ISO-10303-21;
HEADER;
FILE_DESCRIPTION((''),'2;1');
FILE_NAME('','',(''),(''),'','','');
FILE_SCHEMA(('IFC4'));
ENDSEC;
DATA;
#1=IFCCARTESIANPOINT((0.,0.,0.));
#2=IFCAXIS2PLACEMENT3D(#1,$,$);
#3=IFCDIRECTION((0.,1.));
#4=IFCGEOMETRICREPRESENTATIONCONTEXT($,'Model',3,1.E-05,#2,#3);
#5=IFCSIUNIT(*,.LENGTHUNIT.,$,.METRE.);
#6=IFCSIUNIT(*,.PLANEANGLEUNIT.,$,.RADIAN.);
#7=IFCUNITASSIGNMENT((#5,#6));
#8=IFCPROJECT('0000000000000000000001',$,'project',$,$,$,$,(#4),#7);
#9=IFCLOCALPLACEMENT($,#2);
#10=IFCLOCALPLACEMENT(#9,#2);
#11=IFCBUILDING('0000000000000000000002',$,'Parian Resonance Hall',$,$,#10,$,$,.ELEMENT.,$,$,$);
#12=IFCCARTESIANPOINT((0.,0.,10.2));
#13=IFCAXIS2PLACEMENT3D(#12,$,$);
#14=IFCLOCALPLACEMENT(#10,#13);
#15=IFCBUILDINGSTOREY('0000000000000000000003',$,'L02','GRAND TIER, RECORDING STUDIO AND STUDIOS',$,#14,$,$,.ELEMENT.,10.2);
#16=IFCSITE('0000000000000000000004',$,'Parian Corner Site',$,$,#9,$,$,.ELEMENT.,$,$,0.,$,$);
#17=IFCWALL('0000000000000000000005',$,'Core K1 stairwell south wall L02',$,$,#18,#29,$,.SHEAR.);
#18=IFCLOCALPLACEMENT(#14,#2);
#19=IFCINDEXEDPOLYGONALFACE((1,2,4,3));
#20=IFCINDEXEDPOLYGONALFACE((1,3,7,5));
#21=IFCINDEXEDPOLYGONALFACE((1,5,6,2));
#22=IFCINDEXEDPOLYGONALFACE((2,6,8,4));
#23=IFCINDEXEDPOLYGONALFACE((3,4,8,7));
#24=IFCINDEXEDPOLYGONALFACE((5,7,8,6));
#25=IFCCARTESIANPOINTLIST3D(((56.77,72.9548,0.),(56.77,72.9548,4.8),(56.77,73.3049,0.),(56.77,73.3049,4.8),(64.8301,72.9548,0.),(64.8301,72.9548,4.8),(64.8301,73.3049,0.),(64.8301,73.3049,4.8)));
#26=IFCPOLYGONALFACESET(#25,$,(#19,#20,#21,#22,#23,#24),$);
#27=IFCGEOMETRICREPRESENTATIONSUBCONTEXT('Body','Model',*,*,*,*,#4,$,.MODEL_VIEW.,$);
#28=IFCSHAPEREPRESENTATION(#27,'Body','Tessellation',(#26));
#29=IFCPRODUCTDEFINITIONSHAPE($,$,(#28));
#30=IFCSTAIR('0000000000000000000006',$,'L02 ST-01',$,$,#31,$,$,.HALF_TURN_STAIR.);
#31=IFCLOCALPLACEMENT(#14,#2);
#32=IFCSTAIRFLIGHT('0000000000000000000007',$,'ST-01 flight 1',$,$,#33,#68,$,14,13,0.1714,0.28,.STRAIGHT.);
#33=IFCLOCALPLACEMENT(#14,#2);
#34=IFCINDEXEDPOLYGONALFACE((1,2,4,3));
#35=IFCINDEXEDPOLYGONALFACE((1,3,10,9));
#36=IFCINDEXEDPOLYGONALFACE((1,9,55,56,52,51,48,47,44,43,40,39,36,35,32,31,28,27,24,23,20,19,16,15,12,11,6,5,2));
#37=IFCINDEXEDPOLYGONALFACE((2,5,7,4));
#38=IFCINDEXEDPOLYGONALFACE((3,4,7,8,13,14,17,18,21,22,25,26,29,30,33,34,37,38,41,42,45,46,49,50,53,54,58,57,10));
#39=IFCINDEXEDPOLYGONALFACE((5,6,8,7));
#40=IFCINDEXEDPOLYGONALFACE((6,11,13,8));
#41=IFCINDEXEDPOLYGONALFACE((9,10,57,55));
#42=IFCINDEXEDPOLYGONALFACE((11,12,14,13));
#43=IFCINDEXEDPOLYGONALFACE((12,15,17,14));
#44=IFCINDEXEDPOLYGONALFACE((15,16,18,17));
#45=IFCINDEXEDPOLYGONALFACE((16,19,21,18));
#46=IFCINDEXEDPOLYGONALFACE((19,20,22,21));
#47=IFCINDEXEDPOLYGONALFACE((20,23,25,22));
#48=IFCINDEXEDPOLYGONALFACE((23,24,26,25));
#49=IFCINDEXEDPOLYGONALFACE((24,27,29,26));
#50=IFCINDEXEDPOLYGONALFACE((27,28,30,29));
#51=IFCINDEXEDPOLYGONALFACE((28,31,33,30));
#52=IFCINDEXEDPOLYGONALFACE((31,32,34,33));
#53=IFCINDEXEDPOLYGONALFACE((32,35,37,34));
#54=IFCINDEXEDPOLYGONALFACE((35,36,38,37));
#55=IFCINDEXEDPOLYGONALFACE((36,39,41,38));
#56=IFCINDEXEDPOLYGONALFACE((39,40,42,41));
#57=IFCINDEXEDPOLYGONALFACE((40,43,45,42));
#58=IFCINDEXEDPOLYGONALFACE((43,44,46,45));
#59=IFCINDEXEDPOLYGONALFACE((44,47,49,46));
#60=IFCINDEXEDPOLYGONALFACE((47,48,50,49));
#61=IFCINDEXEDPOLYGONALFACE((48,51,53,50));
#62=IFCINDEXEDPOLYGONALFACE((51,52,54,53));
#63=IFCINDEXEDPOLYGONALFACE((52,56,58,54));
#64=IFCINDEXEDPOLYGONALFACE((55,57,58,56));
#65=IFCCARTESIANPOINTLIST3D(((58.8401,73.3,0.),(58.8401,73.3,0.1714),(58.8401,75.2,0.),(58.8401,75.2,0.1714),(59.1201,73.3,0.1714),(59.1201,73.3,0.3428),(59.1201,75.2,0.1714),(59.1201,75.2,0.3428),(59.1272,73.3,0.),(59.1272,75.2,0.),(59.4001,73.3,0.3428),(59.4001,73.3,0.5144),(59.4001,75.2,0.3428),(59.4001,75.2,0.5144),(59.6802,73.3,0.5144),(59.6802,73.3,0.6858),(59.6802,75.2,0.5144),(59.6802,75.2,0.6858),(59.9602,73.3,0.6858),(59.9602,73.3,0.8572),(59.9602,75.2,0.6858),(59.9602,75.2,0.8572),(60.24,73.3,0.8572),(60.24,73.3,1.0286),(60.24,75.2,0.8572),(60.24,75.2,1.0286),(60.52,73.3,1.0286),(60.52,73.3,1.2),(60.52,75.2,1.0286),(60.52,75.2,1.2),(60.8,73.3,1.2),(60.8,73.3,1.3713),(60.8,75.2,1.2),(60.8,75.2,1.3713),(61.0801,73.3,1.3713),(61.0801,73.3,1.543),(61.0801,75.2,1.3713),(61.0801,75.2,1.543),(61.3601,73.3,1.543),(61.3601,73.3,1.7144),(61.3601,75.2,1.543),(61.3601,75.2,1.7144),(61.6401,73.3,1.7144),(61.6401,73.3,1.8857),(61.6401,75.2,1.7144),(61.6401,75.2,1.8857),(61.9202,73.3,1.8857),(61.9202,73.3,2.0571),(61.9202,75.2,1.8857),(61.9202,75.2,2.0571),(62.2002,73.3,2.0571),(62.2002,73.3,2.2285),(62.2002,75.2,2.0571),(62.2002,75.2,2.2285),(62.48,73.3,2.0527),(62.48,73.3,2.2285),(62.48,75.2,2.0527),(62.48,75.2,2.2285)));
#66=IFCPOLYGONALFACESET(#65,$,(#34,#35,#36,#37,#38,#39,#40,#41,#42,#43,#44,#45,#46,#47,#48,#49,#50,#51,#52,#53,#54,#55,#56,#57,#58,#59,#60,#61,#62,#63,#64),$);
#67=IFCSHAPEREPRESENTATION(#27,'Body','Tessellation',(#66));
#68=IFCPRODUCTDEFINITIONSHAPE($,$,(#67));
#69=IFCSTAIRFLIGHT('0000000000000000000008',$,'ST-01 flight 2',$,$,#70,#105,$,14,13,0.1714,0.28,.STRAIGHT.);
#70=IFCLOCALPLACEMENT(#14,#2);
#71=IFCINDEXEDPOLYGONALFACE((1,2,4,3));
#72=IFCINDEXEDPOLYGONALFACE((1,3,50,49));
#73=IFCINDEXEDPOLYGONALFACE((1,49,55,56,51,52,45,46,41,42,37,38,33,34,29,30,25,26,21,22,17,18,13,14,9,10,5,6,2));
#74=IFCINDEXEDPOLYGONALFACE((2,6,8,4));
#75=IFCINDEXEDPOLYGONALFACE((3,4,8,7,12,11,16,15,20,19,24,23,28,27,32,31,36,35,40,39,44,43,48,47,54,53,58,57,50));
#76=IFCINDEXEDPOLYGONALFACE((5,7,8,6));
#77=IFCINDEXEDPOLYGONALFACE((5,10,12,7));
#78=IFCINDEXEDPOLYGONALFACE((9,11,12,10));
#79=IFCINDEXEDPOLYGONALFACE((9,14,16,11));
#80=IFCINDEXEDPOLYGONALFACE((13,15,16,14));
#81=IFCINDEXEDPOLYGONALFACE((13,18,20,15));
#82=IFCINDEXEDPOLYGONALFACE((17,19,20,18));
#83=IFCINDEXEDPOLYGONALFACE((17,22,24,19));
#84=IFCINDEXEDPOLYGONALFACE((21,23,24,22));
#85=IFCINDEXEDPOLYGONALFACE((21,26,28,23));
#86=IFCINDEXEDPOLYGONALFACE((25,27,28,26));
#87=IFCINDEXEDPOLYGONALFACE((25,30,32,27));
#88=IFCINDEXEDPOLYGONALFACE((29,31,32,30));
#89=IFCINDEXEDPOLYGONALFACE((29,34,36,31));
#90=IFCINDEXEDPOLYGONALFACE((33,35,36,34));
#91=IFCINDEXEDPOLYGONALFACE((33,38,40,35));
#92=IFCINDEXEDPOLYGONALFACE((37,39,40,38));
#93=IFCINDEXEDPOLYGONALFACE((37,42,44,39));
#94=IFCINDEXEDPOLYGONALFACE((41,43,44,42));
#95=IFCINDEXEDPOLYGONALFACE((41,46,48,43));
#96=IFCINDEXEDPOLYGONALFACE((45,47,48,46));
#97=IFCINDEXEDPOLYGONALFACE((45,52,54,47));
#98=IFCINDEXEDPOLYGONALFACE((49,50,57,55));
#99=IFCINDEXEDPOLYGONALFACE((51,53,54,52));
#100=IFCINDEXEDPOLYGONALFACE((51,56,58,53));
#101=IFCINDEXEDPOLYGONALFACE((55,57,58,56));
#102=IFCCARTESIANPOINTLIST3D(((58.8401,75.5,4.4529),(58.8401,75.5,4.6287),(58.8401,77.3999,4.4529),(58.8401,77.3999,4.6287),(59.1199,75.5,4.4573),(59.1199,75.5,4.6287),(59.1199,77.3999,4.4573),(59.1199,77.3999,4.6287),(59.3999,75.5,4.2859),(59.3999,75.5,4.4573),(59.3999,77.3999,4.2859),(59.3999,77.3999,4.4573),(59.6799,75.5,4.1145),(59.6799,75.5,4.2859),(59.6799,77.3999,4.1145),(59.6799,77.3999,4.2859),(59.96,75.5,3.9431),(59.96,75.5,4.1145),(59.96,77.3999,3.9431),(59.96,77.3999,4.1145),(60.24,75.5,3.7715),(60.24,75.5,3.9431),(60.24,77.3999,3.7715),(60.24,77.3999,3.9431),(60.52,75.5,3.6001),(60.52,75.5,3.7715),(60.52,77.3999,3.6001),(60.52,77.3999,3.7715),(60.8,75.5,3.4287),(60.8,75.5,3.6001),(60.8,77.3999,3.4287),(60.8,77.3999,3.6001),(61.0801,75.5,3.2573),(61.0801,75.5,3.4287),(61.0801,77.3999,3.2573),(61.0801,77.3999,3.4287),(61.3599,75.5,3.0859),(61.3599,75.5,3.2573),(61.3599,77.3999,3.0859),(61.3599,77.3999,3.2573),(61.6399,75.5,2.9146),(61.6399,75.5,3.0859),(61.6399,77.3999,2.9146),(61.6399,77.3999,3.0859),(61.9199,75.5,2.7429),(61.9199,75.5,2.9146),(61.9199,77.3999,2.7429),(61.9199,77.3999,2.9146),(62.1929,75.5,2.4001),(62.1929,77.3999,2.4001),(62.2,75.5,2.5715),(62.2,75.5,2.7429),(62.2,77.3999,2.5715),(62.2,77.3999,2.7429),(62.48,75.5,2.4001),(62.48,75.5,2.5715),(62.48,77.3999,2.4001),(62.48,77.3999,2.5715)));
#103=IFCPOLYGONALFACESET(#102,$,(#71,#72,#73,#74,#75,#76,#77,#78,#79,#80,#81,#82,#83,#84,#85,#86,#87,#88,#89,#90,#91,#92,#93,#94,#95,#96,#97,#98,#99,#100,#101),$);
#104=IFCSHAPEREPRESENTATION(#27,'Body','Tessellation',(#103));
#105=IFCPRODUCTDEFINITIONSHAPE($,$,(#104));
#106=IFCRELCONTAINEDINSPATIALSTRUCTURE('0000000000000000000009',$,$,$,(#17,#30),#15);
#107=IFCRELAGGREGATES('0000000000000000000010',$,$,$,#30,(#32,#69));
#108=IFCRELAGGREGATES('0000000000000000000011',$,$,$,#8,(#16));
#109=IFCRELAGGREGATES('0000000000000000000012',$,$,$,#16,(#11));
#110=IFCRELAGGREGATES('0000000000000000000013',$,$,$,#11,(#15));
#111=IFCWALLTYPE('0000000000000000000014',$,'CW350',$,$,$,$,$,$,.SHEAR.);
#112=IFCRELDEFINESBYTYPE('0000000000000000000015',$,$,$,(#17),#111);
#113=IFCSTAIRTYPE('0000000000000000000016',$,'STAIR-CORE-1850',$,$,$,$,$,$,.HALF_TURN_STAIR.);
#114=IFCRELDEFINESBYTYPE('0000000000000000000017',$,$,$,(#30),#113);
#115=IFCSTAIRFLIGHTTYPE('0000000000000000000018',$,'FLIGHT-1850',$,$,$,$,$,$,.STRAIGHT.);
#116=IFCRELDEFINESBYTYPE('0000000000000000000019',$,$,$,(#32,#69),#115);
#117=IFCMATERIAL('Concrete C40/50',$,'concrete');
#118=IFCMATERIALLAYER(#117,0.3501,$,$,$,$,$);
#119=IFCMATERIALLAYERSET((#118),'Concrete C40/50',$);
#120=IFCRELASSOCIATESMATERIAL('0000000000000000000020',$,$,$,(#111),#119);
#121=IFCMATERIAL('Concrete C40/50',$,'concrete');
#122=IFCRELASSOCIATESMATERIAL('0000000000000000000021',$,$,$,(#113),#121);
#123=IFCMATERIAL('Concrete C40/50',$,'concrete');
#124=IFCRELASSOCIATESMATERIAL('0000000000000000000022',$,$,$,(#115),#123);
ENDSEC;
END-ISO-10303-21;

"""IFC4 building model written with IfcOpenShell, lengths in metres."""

from ifc_helpers import new_model, si_unit, direction, frame, frame_2d, origin, place, context, subcontext, project, spatial, polyline, rectangle, outline, extrude, material, layer, layer_set, type_object, element, aggregate, save


model = new_model("IFC4")

# Units and contexts
model_context = context("Model", 3, precision=1e-05, world=origin(), true_north=direction((0.0, 1.0)))
body_context = subcontext(model_context, "Body", "Model", "MODEL_VIEW")
ifc_project = project(units=[si_unit("LENGTHUNIT", "METRE"), si_unit("PLANEANGLEUNIT", "RADIAN")], contexts=[model_context])

# Site, building, storey
site_placement = place(None, origin())
site = spatial("IfcSite", under=ifc_project, at=site_placement, Name="Parian Corner Site", CompositionType="ELEMENT", RefElevation=0.0)
building_placement = place(site_placement, origin())
building = spatial("IfcBuilding", under=site, at=building_placement, Name="Parian Resonance Hall", CompositionType="ELEMENT")
storey_placement = place(building_placement, frame((0.0, 0.0, 10.2)))
storey = spatial("IfcBuildingStorey", under=building, at=storey_placement, Name="L02", Description="GRAND TIER, RECORDING STUDIO AND STUDIOS", CompositionType="ELEMENT", Elevation=10.2)

# Shared definitions
ifc_material_1 = material(Name="Concrete C40/50", Category="concrete")
ifc_layer_1 = layer(ifc_material_1, 0.3501)
ifc_layer_set_1 = layer_set([ifc_layer_1], Name="Concrete C40/50")
wall_type_1 = type_object("IfcWallType", Name="CW350", PredefinedType="SHEAR", material=ifc_layer_set_1)

# Wall
wall_1_placement = place(storey_placement, frame((64.8301, 73.1299, 0.0), z_axis=(0.0, 0.0, 1.0), x_axis=(-1.0, 0.0, 0.0)))
element("IfcWall", 1, at=wall_1_placement, inside=storey, type_object=wall_type_1, Name="Core K1 stairwell south wall L02", PredefinedType="SHEAR", context=body_context, shape_type="SweptSolid", body=[
    extrude(rectangle(XDim=8.0601, YDim=0.3501, at=frame_2d((4.03, 0.0))), origin(), (0.0, 0.0, 1.0), 4.8),
])

# Stair, stair flights
ifc_material_2 = material(Name="Concrete C40/50", Category="concrete")
stair_type = type_object("IfcStairType", Name="STAIR-CORE-1850", PredefinedType="HALF_TURN_STAIR", material=ifc_material_2)
stair_placement = place(storey_placement, origin())
stair = element("IfcStair", 2, at=stair_placement, inside=storey, type_object=stair_type, Name="L02 ST-01", PredefinedType="HALF_TURN_STAIR")
ifc_material_3 = material(Name="Concrete C40/50", Category="concrete")
stair_flight_type = type_object("IfcStairFlightType", Name="FLIGHT-1850", PredefinedType="STRAIGHT", material=ifc_material_3)
stair_flight_1_placement = place(storey_placement, frame((58.8401, 74.25, 0.0), z_axis=(0.0, 0.0, 1.0), x_axis=(1.0, 0.0, 0.0)))
stair_flight_1 = element("IfcStairFlight", 3, at=stair_flight_1_placement, type_object=stair_flight_type, Name="ST-01 flight 1", NumberOfRisers=14, NumberOfTreads=13, PredefinedType="STRAIGHT", RiserHeight=0.1714, TreadLength=0.28, context=body_context, shape_type="SweptSolid", body=[
    extrude(outline(polyline([(0.0, 0.0), (0.0, 0.1714), (0.28, 0.1714), (0.28, 0.3428), (0.5601, 0.3428), (0.5601, 0.5144), (0.8401, 0.5144), (0.8401, 0.6858), (1.1201, 0.6858), (1.1201, 0.8572), (1.3999, 0.8572), (1.3999, 1.0286), (1.6799, 1.0286), (1.6799, 1.2), (1.96, 1.2), (1.96, 1.3713), (2.24, 1.3713), (2.24, 1.543), (2.52, 1.543), (2.52, 1.7144), (2.8, 1.7144), (2.8, 1.8857), (3.0801, 1.8857), (3.0801, 2.0571), (3.3601, 2.0571), (3.3601, 2.2285), (3.6399, 2.2285), (3.6399, 2.3999), (3.6399, 2.0527), (0.2871, 0.0), (0.0, 0.0)])), frame((0.0, 0.95, 0.0), z_axis=(0.0, -1.0, 0.0), x_axis=(1.0, 0.0, 0.0)), (0.0, 0.0, 1.0), 1.8999),
])
stair_flight_2_placement = place(storey_placement, frame((62.48, 76.45, 2.4001), z_axis=(0.0, 0.0, 1.0), x_axis=(-1.0, 0.0, 0.0)))
stair_flight_2 = element("IfcStairFlight", 4, at=stair_flight_2_placement, type_object=stair_flight_type, Name="ST-01 flight 2", NumberOfRisers=14, NumberOfTreads=13, PredefinedType="STRAIGHT", RiserHeight=0.1714, TreadLength=0.28, context=body_context, shape_type="SweptSolid", body=[
    extrude(outline(polyline([(0.0, 0.0), (0.0, 0.1714), (0.28, 0.1714), (0.28, 0.3428), (0.5601, 0.3428), (0.5601, 0.5144), (0.8401, 0.5144), (0.8401, 0.6858), (1.1201, 0.6858), (1.1201, 0.8572), (1.3999, 0.8572), (1.3999, 1.0286), (1.6799, 1.0286), (1.6799, 1.2), (1.96, 1.2), (1.96, 1.3713), (2.24, 1.3713), (2.24, 1.543), (2.52, 1.543), (2.52, 1.7144), (2.8, 1.7144), (2.8, 1.8857), (3.0801, 1.8857), (3.0801, 2.0571), (3.3601, 2.0571), (3.3601, 2.2285), (3.6399, 2.2285), (3.6399, 2.3999), (3.6399, 2.0527), (0.2871, 0.0), (0.0, 0.0)])), frame((0.0, 0.95, 0.0), z_axis=(0.0, -1.0, 0.0), x_axis=(1.0, 0.0, 0.0)), (0.0, 0.0, 1.0), 1.8999),
])
aggregate(stair, [stair_flight_1, stair_flight_2])

save(model, "model.ifc")
